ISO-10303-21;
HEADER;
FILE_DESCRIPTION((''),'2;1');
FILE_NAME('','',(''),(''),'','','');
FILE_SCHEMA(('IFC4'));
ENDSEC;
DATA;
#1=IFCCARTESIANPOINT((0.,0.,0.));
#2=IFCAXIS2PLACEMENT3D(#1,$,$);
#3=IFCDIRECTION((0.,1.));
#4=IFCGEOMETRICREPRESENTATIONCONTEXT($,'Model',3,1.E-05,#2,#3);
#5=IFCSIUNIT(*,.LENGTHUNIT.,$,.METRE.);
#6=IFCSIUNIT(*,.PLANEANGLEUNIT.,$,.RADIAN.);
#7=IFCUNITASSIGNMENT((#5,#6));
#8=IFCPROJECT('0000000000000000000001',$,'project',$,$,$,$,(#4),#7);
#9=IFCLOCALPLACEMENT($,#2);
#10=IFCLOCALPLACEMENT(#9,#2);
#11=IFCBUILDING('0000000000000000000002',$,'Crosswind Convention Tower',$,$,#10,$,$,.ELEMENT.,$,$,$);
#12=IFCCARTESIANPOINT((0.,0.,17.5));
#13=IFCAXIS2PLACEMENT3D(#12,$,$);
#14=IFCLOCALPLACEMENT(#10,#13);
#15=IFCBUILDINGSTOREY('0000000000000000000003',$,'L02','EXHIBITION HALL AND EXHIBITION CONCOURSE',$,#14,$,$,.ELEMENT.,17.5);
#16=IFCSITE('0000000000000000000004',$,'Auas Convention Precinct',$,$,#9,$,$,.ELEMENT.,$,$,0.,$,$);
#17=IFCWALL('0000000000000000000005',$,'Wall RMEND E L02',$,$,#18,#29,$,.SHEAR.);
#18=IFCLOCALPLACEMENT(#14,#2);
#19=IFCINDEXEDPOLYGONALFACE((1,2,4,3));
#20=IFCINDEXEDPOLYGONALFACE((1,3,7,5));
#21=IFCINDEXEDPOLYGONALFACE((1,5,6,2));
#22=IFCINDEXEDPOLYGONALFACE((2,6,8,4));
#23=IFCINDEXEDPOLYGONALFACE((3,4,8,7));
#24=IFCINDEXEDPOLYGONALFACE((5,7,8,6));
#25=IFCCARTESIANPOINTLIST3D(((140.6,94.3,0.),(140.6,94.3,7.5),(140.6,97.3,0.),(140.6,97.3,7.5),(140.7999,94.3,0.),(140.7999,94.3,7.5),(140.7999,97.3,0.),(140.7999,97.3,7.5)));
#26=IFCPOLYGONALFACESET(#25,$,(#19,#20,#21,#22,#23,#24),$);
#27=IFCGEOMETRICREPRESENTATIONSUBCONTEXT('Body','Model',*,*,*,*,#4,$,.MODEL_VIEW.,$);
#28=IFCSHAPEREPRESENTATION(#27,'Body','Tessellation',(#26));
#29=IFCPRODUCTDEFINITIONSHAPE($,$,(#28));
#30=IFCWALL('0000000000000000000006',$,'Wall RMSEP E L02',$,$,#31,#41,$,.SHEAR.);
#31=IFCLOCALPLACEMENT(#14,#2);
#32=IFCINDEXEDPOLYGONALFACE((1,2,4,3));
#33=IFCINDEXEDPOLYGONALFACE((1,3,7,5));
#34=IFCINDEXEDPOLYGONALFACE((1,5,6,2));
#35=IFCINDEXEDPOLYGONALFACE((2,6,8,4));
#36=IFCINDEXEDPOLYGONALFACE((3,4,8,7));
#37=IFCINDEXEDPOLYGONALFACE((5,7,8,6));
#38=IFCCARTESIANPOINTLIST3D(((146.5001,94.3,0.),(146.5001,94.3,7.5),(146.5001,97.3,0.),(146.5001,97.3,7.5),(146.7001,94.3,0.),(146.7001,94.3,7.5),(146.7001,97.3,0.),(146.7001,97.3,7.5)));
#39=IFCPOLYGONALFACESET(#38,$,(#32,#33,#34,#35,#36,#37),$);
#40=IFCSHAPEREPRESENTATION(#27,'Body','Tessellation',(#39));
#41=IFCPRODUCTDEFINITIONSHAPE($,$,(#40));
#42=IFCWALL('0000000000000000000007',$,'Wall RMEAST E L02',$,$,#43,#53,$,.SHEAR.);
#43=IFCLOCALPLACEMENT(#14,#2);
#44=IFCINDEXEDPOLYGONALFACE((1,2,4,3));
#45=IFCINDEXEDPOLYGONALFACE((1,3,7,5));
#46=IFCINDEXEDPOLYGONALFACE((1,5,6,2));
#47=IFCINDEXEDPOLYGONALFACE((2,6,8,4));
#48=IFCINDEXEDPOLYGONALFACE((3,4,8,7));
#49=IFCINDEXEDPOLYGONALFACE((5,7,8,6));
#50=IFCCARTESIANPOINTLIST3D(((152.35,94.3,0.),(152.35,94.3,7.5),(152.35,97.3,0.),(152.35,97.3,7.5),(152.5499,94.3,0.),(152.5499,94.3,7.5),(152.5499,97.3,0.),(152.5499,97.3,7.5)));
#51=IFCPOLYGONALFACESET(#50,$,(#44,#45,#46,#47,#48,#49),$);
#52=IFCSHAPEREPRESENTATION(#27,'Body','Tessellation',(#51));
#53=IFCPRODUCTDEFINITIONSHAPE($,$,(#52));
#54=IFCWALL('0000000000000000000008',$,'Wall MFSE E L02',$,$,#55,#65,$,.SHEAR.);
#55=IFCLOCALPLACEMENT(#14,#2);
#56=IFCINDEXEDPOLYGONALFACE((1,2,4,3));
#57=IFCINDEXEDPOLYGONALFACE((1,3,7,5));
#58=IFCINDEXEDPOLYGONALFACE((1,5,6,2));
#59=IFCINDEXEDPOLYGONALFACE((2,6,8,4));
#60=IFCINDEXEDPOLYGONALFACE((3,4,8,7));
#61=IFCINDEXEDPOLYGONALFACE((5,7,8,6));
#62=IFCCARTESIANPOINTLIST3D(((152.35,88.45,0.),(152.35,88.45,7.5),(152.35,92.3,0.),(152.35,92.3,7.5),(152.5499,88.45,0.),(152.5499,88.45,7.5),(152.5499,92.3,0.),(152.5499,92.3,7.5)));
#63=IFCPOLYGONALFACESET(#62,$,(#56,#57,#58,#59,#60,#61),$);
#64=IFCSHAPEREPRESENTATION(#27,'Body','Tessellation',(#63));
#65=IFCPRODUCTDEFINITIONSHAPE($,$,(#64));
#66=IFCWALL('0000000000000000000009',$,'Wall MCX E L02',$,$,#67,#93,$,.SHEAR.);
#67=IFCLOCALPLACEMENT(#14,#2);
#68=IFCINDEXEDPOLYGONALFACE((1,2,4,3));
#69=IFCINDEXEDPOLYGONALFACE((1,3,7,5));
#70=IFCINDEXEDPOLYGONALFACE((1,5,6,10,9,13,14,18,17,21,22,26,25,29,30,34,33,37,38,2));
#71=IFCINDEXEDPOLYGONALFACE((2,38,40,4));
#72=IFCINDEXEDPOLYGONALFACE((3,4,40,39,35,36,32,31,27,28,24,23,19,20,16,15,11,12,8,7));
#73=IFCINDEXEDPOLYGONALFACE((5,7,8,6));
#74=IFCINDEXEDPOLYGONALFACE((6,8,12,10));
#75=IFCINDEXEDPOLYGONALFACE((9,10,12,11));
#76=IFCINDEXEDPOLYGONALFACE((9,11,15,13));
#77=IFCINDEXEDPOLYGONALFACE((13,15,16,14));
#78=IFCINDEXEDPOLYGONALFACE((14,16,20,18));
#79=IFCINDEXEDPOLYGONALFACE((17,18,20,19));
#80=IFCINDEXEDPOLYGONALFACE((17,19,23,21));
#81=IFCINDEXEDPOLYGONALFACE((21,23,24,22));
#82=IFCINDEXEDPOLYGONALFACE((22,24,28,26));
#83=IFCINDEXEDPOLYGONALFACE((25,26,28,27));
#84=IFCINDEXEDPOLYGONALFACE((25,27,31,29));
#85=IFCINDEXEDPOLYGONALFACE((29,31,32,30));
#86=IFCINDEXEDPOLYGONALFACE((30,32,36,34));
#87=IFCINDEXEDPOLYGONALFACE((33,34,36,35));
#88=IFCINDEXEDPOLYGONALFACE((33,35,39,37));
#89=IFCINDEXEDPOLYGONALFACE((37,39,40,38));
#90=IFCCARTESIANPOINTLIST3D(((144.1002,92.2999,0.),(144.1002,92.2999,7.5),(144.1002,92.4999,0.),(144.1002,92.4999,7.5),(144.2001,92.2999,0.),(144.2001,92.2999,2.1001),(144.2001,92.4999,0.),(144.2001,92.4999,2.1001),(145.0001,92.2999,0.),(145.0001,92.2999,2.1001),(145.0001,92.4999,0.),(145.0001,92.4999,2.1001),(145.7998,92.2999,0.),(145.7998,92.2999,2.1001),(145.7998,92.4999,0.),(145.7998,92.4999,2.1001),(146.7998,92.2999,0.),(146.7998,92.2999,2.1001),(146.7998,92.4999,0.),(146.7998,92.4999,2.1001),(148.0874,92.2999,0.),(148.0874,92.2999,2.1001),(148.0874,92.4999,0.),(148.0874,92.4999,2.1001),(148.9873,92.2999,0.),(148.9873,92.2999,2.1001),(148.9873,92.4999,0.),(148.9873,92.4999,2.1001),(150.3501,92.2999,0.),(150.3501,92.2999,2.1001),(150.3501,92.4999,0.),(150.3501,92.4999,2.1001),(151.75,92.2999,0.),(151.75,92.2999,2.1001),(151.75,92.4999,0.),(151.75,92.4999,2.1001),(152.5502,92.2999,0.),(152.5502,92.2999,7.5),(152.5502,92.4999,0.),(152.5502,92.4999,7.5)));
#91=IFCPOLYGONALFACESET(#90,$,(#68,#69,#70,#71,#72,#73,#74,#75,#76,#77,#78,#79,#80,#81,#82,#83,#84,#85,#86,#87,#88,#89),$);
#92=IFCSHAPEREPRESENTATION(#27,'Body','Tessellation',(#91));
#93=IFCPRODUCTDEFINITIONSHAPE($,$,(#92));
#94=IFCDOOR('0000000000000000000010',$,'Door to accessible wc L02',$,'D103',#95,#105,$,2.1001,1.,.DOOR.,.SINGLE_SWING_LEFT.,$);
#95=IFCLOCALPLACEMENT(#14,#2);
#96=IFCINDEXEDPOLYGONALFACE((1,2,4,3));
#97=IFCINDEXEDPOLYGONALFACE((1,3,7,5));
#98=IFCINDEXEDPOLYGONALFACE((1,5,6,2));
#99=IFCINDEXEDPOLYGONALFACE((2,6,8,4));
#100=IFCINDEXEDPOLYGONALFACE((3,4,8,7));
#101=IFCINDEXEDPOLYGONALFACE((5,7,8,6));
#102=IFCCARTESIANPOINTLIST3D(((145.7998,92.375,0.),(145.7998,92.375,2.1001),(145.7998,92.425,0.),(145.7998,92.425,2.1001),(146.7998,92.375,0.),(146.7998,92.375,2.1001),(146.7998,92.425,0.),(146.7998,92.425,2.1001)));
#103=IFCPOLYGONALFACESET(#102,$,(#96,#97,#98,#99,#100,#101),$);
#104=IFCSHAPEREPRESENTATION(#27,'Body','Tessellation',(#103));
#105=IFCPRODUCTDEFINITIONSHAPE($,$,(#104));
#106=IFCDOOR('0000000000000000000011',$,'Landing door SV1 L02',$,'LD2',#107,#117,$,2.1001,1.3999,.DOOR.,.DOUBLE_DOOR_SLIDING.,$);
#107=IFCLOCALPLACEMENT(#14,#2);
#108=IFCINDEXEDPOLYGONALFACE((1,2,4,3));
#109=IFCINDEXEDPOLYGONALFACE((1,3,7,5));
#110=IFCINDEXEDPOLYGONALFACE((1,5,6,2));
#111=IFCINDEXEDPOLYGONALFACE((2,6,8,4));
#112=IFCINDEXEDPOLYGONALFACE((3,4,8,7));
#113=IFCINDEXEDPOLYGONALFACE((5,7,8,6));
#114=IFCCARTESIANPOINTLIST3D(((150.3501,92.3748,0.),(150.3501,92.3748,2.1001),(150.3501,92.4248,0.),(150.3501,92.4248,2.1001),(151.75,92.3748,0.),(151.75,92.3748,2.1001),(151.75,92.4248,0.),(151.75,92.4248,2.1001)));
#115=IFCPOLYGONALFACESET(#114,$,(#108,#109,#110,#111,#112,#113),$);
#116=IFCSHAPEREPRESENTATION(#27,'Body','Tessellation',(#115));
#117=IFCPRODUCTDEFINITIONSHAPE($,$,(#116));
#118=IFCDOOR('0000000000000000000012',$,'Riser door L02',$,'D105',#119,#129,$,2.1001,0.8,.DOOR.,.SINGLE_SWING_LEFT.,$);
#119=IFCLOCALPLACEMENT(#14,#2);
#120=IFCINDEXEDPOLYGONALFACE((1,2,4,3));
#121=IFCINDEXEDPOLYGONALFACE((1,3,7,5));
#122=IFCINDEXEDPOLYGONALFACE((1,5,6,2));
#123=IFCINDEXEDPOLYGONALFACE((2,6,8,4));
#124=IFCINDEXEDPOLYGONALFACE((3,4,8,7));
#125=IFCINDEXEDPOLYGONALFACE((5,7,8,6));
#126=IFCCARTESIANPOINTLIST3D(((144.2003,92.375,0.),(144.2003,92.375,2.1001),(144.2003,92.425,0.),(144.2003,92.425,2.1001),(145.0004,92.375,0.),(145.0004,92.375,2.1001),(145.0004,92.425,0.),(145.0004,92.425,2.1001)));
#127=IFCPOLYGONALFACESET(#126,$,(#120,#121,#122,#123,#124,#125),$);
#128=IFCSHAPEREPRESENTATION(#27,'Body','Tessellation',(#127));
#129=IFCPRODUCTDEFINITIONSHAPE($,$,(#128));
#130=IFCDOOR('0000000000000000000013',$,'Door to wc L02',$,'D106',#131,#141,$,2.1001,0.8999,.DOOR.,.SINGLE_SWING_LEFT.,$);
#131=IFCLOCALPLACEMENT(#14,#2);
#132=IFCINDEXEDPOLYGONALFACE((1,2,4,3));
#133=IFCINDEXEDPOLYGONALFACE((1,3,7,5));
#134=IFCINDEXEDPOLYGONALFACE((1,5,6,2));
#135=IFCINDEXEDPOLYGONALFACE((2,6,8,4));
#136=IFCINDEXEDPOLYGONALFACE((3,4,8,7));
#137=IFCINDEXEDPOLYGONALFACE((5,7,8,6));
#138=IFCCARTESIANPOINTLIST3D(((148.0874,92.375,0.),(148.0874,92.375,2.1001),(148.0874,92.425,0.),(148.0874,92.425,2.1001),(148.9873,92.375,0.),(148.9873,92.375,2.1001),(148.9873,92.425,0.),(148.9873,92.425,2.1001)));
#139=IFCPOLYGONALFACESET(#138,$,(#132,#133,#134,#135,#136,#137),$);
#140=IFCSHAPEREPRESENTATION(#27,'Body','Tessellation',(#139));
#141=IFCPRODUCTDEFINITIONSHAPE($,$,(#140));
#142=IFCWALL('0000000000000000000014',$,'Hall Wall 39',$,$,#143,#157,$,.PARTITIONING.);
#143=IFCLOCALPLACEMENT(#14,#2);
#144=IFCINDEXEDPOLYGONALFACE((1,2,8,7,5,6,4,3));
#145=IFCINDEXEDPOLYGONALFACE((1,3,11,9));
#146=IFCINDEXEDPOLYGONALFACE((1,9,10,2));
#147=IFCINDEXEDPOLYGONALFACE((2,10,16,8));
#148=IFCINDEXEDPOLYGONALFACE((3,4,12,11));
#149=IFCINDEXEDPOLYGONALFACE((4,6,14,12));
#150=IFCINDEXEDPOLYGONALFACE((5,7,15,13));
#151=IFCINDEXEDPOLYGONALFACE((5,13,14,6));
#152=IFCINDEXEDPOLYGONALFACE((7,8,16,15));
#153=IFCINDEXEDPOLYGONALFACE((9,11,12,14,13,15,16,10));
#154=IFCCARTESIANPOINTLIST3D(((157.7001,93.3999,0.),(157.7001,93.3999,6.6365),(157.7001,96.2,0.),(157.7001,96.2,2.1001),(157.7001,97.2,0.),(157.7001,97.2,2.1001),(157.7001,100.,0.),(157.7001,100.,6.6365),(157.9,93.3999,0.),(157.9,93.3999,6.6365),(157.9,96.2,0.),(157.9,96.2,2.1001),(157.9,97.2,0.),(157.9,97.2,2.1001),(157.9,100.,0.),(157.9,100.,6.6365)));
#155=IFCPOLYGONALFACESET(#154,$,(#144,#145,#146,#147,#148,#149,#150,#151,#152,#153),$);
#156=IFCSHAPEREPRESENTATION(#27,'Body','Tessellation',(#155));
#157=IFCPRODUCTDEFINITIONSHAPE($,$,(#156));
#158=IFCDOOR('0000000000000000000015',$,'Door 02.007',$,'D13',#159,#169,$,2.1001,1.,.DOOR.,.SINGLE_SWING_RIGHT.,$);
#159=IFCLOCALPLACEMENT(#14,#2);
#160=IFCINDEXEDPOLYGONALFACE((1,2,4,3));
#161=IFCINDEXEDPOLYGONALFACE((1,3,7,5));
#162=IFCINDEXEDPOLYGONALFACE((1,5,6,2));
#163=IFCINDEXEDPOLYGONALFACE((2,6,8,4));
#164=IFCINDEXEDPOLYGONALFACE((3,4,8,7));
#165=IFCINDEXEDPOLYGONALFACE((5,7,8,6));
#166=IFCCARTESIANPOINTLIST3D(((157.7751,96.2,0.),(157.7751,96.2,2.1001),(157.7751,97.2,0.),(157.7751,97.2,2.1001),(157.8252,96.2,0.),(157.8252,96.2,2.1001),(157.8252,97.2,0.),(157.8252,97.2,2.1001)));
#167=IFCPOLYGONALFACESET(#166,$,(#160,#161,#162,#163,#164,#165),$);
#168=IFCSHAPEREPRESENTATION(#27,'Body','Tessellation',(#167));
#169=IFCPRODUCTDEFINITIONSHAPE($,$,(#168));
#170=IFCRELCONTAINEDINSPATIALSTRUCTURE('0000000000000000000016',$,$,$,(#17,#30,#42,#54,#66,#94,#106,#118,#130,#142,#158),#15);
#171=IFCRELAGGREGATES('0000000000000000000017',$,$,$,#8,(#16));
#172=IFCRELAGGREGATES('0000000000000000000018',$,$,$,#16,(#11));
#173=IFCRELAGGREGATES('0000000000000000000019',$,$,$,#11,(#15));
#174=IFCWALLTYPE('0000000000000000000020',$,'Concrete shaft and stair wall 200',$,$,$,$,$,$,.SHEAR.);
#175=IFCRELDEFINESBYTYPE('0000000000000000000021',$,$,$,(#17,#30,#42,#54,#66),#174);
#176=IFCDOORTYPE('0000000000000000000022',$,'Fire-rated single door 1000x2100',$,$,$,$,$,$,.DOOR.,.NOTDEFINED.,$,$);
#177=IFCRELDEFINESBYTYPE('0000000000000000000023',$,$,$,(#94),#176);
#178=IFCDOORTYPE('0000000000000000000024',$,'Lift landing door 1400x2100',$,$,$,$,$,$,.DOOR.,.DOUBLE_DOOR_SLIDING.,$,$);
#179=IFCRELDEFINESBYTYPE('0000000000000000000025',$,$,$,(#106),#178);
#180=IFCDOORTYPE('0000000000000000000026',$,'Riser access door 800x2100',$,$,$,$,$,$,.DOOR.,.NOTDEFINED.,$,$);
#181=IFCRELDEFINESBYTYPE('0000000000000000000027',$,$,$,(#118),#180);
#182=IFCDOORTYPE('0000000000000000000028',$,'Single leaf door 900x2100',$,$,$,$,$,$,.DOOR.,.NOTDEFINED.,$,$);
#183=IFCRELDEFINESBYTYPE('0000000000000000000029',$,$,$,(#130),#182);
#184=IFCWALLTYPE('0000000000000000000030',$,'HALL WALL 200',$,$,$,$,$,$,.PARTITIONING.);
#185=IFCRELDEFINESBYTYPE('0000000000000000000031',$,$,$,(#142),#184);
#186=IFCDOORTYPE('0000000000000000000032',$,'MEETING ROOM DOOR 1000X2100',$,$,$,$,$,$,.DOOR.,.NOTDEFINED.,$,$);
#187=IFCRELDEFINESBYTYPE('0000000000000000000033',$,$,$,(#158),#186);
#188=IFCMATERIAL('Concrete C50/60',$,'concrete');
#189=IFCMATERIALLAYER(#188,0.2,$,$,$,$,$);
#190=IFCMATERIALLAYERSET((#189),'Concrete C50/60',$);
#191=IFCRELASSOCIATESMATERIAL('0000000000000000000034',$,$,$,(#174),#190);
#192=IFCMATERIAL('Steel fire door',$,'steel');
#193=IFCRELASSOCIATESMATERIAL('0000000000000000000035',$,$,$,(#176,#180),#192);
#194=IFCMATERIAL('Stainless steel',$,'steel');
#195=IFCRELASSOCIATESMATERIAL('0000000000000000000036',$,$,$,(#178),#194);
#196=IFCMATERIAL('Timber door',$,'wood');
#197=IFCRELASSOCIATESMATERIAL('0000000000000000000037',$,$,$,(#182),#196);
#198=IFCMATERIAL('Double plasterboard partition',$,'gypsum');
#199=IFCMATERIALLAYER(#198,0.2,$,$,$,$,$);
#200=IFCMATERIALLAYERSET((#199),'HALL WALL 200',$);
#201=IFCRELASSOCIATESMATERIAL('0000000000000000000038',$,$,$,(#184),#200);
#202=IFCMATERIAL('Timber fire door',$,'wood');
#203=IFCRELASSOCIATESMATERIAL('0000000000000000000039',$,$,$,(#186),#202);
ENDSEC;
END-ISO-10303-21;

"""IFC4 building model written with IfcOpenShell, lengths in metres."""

from ifc_helpers import new_model, si_unit, direction, frame, frame_2d, origin, place, context, subcontext, project, spatial, rectangle, extrude, material, layer, layer_set, type_object, element, fill, save


model = new_model("IFC4")

# Units and contexts
model_context = context("Model", 3, precision=1e-05, world=origin(), true_north=direction((0.0, 1.0)))
body_context = subcontext(model_context, "Body", "Model", "MODEL_VIEW")
ifc_project = project(units=[si_unit("LENGTHUNIT", "METRE"), si_unit("PLANEANGLEUNIT", "RADIAN")], contexts=[model_context])

# Site, building, storey
site_placement = place(None, origin())
site = spatial("IfcSite", under=ifc_project, at=site_placement, Name="Auas Convention Precinct", CompositionType="ELEMENT", RefElevation=0.0)
building_placement = place(site_placement, origin())
building = spatial("IfcBuilding", under=site, at=building_placement, Name="Crosswind Convention Tower", CompositionType="ELEMENT")
storey_placement = place(building_placement, frame((0.0, 0.0, 17.5)))
storey = spatial("IfcBuildingStorey", under=building, at=storey_placement, Name="L02", Description="EXHIBITION HALL AND EXHIBITION CONCOURSE", CompositionType="ELEMENT", Elevation=17.5)

# Walls
ifc_material_1 = material(Name="Concrete C50/60", Category="concrete")
ifc_layer_1 = layer(ifc_material_1, 0.2)
ifc_layer_set_1 = layer_set([ifc_layer_1], Name="Concrete C50/60")
wall_type_1 = type_object("IfcWallType", Name="Concrete shaft and stair wall 200", PredefinedType="SHEAR", material=ifc_layer_set_1)
for number, where, z_axis, x_axis, name in (
    (1, (140.7, 94.3, 0.0), (0.0, 0.0, 1.0), (0.0, 1.0, 0.0), "Wall RMEND E L02"),
    (2, (146.6001, 94.3, 0.0), (0.0, 0.0, 1.0), (0.0, 1.0, 0.0), "Wall RMSEP E L02"),
    (3, (152.45, 94.3, 0.0), (0.0, 0.0, 1.0), (0.0, 1.0, 0.0), "Wall RMEAST E L02"),
):
    element("IfcWall", number, at=place(storey_placement, frame(where, z_axis=z_axis, x_axis=x_axis)), inside=storey, type_object=wall_type_1, Name=name, PredefinedType="SHEAR", context=body_context, shape_type="SweptSolid", body=[
        extrude(rectangle(XDim=3.0, YDim=0.2, at=frame_2d((1.5, 0.0))), origin(), (0.0, 0.0, 1.0), 7.5),
    ])
wall_1_placement = place(storey_placement, frame((152.45, 88.45, 0.0), z_axis=(0.0, 0.0, 1.0), x_axis=(0.0, 1.0, 0.0)))
element("IfcWall", 4, at=wall_1_placement, inside=storey, type_object=wall_type_1, Name="Wall MFSE E L02", PredefinedType="SHEAR", context=body_context, shape_type="SweptSolid", body=[
    extrude(rectangle(XDim=3.8501, YDim=0.2, at=frame_2d((1.925, 0.0))), origin(), (0.0, 0.0, 1.0), 7.5),
])

# Wall, openings, doors
wall_2_placement = place(storey_placement, frame((144.1001, 92.3999, 0.0), z_axis=(0.0, 0.0, 1.0), x_axis=(1.0, 0.0, 0.0)))
wall_2 = element("IfcWall", 5, at=wall_2_placement, inside=storey, type_object=wall_type_1, Name="Wall MCX E L02", PredefinedType="SHEAR", context=body_context, shape_type="SweptSolid", body=[
    extrude(rectangle(XDim=8.45, YDim=0.2, at=frame_2d((4.2251, 0.0))), origin(), (0.0, 0.0, 1.0), 7.5),
])
opening_1_placement = place(wall_2_placement, frame((0.1001, 0.0, 0.0)))
opening_1 = element("IfcOpeningElement", 6, at=opening_1_placement, cuts=wall_2, PredefinedType="OPENING", context=body_context, shape_type="SweptSolid", body=[
    extrude(rectangle(XDim=0.8, YDim=2.1001, at=frame_2d((0.3999, 1.05))), frame((0.0, 0.1099, 0.0), z_axis=(0.0, -1.0, 0.0), x_axis=(1.0, 0.0, 0.0)), (0.0, 0.0, 1.0), 0.22),
])
opening_2_placement = place(wall_2_placement, frame((1.6997, 0.0, 0.0)))
opening_2 = element("IfcOpeningElement", 7, at=opening_2_placement, cuts=wall_2, PredefinedType="OPENING", context=body_context, shape_type="SweptSolid", body=[
    extrude(rectangle(XDim=1.0, YDim=2.1001, at=frame_2d((0.5, 1.05))), frame((0.0, 0.1099, 0.0), z_axis=(0.0, -1.0, 0.0), x_axis=(1.0, 0.0, 0.0)), (0.0, 0.0, 1.0), 0.22),
])
opening_3_placement = place(wall_2_placement, frame((3.9873, 0.0, 0.0)))
opening_3 = element("IfcOpeningElement", 8, at=opening_3_placement, cuts=wall_2, PredefinedType="OPENING", context=body_context, shape_type="SweptSolid", body=[
    extrude(rectangle(XDim=0.8999, YDim=2.1001, at=frame_2d((0.45, 1.05))), frame((0.0, 0.1099, 0.0), z_axis=(0.0, -1.0, 0.0), x_axis=(1.0, 0.0, 0.0)), (0.0, 0.0, 1.0), 0.22),
])
opening_4_placement = place(wall_2_placement, frame((6.25, 0.0, 0.0)))
opening_4 = element("IfcOpeningElement", 9, at=opening_4_placement, cuts=wall_2, PredefinedType="OPENING", context=body_context, shape_type="SweptSolid", body=[
    extrude(rectangle(XDim=1.3999, YDim=2.1001, at=frame_2d((0.7, 1.05))), frame((0.0, 0.1099, 0.0), z_axis=(0.0, -1.0, 0.0), x_axis=(1.0, 0.0, 0.0)), (0.0, 0.0, 1.0), 0.22),
])
ifc_material_2 = material(Name="Steel fire door", Category="steel")
door_type_1 = type_object("IfcDoorType", Name="Fire-rated single door 1000x2100", OperationType="NOTDEFINED", PredefinedType="DOOR", material=ifc_material_2)
door_1_placement = place(opening_2_placement, frame((1.0, 0.0, 0.0), z_axis=(0.0, 0.0, 1.0), x_axis=(-1.0, 0.0, 0.0)))
door_1 = element("IfcDoor", 10, at=door_1_placement, inside=storey, type_object=door_type_1, Name="Door to accessible wc L02", ObjectType="D103", OperationType="SINGLE_SWING_LEFT", OverallHeight=2.1001, OverallWidth=1.0, PredefinedType="DOOR", context=body_context, shape_type="SweptSolid", body=[
    extrude(rectangle(XDim=1.0, YDim=2.1001, at=frame_2d((0.5, 1.05))), frame((0.0, 0.0249, 0.0), z_axis=(0.0, -1.0, 0.0), x_axis=(1.0, 0.0, 0.0)), (0.0, 0.0, 1.0), 0.05),
])
fill(opening_2, door_1)
ifc_material_3 = material(Name="Stainless steel", Category="steel")
door_type_2 = type_object("IfcDoorType", Name="Lift landing door 1400x2100", OperationType="DOUBLE_DOOR_SLIDING", PredefinedType="DOOR", material=ifc_material_3)
door_2_placement = place(opening_4_placement, origin())
door_2 = element("IfcDoor", 11, at=door_2_placement, inside=storey, type_object=door_type_2, Name="Landing door SV1 L02", ObjectType="LD2", OperationType="DOUBLE_DOOR_SLIDING", OverallHeight=2.1001, OverallWidth=1.3999, PredefinedType="DOOR", context=body_context, shape_type="SweptSolid", body=[
    extrude(rectangle(XDim=1.3999, YDim=2.1001, at=frame_2d((0.7, 1.05))), frame((0.0, 0.0249, 0.0), z_axis=(0.0, -1.0, 0.0), x_axis=(1.0, 0.0, 0.0)), (0.0, 0.0, 1.0), 0.05),
])
fill(opening_4, door_2)
door_type_3 = type_object("IfcDoorType", Name="Riser access door 800x2100", OperationType="NOTDEFINED", PredefinedType="DOOR", material=ifc_material_2)
door_3_placement = place(opening_1_placement, frame((0.8, 0.0, 0.0), z_axis=(0.0, 0.0, 1.0), x_axis=(-1.0, 0.0, 0.0)))
door_3 = element("IfcDoor", 12, at=door_3_placement, inside=storey, type_object=door_type_3, Name="Riser door L02", ObjectType="D105", OperationType="SINGLE_SWING_LEFT", OverallHeight=2.1001, OverallWidth=0.8, PredefinedType="DOOR", context=body_context, shape_type="SweptSolid", body=[
    extrude(rectangle(XDim=0.8, YDim=2.1001, at=frame_2d((0.3999, 1.05))), frame((0.0, 0.0249, 0.0), z_axis=(0.0, -1.0, 0.0), x_axis=(1.0, 0.0, 0.0)), (0.0, 0.0, 1.0), 0.05),
])
fill(opening_1, door_3)
ifc_material_4 = material(Name="Timber door", Category="wood")
door_type_4 = type_object("IfcDoorType", Name="Single leaf door 900x2100", OperationType="NOTDEFINED", PredefinedType="DOOR", material=ifc_material_4)
door_4_placement = place(opening_3_placement, frame((0.8999, 0.0, 0.0), z_axis=(0.0, 0.0, 1.0), x_axis=(-1.0, 0.0, 0.0)))
door_4 = element("IfcDoor", 13, at=door_4_placement, inside=storey, type_object=door_type_4, Name="Door to wc L02", ObjectType="D106", OperationType="SINGLE_SWING_LEFT", OverallHeight=2.1001, OverallWidth=0.8999, PredefinedType="DOOR", context=body_context, shape_type="SweptSolid", body=[
    extrude(rectangle(XDim=0.8999, YDim=2.1001, at=frame_2d((0.45, 1.05))), frame((0.0, 0.0249, 0.0), z_axis=(0.0, -1.0, 0.0), x_axis=(1.0, 0.0, 0.0)), (0.0, 0.0, 1.0), 0.05),
])
fill(opening_3, door_4)

# Wall, opening, door
ifc_material_5 = material(Name="Double plasterboard partition", Category="gypsum")
ifc_layer_2 = layer(ifc_material_5, 0.2)
ifc_layer_set_2 = layer_set([ifc_layer_2], Name="HALL WALL 200")
wall_type_2 = type_object("IfcWallType", Name="HALL WALL 200", PredefinedType="PARTITIONING", material=ifc_layer_set_2)
wall_3_placement = place(storey_placement, frame((157.8, 93.3999, 0.0), z_axis=(0.0, 0.0, 1.0), x_axis=(0.0, 1.0, 0.0)))
wall_3 = element("IfcWall", 14, at=wall_3_placement, inside=storey, type_object=wall_type_2, Name="Hall Wall 39", PredefinedType="PARTITIONING", context=body_context, shape_type="SweptSolid", body=[
    extrude(rectangle(XDim=6.6001, YDim=0.2, at=frame_2d((3.3, 0.0))), origin(), (0.0, 0.0, 1.0), 6.6365),
])
opening_5_placement = place(wall_3_placement, frame((2.8, 0.0, 0.0)))
opening_5 = element("IfcOpeningElement", 15, at=opening_5_placement, cuts=wall_3, PredefinedType="OPENING", context=body_context, shape_type="SweptSolid", body=[
    extrude(rectangle(XDim=1.0, YDim=2.1001, at=frame_2d((0.5, 1.05))), frame((0.0, 0.1099, 0.0), z_axis=(0.0, -1.0, 0.0), x_axis=(1.0, 0.0, 0.0)), (0.0, 0.0, 1.0), 0.22),
])
ifc_material_6 = material(Name="Timber fire door", Category="wood")
door_type_5 = type_object("IfcDoorType", Name="MEETING ROOM DOOR 1000X2100", OperationType="NOTDEFINED", PredefinedType="DOOR", material=ifc_material_6)
door_5_placement = place(opening_5_placement, origin())
door_5 = element("IfcDoor", 16, at=door_5_placement, inside=storey, type_object=door_type_5, Name="Door 02.007", ObjectType="D13", OperationType="SINGLE_SWING_RIGHT", OverallHeight=2.1001, OverallWidth=1.0, PredefinedType="DOOR", context=body_context, shape_type="SweptSolid", body=[
    extrude(rectangle(XDim=1.0, YDim=2.1001, at=frame_2d((0.5, 1.05))), frame((0.0, 0.0249, 0.0), z_axis=(0.0, -1.0, 0.0), x_axis=(1.0, 0.0, 0.0)), (0.0, 0.0, 1.0), 0.05),
])
fill(opening_5, door_5)

save(model, "model.ifc")
